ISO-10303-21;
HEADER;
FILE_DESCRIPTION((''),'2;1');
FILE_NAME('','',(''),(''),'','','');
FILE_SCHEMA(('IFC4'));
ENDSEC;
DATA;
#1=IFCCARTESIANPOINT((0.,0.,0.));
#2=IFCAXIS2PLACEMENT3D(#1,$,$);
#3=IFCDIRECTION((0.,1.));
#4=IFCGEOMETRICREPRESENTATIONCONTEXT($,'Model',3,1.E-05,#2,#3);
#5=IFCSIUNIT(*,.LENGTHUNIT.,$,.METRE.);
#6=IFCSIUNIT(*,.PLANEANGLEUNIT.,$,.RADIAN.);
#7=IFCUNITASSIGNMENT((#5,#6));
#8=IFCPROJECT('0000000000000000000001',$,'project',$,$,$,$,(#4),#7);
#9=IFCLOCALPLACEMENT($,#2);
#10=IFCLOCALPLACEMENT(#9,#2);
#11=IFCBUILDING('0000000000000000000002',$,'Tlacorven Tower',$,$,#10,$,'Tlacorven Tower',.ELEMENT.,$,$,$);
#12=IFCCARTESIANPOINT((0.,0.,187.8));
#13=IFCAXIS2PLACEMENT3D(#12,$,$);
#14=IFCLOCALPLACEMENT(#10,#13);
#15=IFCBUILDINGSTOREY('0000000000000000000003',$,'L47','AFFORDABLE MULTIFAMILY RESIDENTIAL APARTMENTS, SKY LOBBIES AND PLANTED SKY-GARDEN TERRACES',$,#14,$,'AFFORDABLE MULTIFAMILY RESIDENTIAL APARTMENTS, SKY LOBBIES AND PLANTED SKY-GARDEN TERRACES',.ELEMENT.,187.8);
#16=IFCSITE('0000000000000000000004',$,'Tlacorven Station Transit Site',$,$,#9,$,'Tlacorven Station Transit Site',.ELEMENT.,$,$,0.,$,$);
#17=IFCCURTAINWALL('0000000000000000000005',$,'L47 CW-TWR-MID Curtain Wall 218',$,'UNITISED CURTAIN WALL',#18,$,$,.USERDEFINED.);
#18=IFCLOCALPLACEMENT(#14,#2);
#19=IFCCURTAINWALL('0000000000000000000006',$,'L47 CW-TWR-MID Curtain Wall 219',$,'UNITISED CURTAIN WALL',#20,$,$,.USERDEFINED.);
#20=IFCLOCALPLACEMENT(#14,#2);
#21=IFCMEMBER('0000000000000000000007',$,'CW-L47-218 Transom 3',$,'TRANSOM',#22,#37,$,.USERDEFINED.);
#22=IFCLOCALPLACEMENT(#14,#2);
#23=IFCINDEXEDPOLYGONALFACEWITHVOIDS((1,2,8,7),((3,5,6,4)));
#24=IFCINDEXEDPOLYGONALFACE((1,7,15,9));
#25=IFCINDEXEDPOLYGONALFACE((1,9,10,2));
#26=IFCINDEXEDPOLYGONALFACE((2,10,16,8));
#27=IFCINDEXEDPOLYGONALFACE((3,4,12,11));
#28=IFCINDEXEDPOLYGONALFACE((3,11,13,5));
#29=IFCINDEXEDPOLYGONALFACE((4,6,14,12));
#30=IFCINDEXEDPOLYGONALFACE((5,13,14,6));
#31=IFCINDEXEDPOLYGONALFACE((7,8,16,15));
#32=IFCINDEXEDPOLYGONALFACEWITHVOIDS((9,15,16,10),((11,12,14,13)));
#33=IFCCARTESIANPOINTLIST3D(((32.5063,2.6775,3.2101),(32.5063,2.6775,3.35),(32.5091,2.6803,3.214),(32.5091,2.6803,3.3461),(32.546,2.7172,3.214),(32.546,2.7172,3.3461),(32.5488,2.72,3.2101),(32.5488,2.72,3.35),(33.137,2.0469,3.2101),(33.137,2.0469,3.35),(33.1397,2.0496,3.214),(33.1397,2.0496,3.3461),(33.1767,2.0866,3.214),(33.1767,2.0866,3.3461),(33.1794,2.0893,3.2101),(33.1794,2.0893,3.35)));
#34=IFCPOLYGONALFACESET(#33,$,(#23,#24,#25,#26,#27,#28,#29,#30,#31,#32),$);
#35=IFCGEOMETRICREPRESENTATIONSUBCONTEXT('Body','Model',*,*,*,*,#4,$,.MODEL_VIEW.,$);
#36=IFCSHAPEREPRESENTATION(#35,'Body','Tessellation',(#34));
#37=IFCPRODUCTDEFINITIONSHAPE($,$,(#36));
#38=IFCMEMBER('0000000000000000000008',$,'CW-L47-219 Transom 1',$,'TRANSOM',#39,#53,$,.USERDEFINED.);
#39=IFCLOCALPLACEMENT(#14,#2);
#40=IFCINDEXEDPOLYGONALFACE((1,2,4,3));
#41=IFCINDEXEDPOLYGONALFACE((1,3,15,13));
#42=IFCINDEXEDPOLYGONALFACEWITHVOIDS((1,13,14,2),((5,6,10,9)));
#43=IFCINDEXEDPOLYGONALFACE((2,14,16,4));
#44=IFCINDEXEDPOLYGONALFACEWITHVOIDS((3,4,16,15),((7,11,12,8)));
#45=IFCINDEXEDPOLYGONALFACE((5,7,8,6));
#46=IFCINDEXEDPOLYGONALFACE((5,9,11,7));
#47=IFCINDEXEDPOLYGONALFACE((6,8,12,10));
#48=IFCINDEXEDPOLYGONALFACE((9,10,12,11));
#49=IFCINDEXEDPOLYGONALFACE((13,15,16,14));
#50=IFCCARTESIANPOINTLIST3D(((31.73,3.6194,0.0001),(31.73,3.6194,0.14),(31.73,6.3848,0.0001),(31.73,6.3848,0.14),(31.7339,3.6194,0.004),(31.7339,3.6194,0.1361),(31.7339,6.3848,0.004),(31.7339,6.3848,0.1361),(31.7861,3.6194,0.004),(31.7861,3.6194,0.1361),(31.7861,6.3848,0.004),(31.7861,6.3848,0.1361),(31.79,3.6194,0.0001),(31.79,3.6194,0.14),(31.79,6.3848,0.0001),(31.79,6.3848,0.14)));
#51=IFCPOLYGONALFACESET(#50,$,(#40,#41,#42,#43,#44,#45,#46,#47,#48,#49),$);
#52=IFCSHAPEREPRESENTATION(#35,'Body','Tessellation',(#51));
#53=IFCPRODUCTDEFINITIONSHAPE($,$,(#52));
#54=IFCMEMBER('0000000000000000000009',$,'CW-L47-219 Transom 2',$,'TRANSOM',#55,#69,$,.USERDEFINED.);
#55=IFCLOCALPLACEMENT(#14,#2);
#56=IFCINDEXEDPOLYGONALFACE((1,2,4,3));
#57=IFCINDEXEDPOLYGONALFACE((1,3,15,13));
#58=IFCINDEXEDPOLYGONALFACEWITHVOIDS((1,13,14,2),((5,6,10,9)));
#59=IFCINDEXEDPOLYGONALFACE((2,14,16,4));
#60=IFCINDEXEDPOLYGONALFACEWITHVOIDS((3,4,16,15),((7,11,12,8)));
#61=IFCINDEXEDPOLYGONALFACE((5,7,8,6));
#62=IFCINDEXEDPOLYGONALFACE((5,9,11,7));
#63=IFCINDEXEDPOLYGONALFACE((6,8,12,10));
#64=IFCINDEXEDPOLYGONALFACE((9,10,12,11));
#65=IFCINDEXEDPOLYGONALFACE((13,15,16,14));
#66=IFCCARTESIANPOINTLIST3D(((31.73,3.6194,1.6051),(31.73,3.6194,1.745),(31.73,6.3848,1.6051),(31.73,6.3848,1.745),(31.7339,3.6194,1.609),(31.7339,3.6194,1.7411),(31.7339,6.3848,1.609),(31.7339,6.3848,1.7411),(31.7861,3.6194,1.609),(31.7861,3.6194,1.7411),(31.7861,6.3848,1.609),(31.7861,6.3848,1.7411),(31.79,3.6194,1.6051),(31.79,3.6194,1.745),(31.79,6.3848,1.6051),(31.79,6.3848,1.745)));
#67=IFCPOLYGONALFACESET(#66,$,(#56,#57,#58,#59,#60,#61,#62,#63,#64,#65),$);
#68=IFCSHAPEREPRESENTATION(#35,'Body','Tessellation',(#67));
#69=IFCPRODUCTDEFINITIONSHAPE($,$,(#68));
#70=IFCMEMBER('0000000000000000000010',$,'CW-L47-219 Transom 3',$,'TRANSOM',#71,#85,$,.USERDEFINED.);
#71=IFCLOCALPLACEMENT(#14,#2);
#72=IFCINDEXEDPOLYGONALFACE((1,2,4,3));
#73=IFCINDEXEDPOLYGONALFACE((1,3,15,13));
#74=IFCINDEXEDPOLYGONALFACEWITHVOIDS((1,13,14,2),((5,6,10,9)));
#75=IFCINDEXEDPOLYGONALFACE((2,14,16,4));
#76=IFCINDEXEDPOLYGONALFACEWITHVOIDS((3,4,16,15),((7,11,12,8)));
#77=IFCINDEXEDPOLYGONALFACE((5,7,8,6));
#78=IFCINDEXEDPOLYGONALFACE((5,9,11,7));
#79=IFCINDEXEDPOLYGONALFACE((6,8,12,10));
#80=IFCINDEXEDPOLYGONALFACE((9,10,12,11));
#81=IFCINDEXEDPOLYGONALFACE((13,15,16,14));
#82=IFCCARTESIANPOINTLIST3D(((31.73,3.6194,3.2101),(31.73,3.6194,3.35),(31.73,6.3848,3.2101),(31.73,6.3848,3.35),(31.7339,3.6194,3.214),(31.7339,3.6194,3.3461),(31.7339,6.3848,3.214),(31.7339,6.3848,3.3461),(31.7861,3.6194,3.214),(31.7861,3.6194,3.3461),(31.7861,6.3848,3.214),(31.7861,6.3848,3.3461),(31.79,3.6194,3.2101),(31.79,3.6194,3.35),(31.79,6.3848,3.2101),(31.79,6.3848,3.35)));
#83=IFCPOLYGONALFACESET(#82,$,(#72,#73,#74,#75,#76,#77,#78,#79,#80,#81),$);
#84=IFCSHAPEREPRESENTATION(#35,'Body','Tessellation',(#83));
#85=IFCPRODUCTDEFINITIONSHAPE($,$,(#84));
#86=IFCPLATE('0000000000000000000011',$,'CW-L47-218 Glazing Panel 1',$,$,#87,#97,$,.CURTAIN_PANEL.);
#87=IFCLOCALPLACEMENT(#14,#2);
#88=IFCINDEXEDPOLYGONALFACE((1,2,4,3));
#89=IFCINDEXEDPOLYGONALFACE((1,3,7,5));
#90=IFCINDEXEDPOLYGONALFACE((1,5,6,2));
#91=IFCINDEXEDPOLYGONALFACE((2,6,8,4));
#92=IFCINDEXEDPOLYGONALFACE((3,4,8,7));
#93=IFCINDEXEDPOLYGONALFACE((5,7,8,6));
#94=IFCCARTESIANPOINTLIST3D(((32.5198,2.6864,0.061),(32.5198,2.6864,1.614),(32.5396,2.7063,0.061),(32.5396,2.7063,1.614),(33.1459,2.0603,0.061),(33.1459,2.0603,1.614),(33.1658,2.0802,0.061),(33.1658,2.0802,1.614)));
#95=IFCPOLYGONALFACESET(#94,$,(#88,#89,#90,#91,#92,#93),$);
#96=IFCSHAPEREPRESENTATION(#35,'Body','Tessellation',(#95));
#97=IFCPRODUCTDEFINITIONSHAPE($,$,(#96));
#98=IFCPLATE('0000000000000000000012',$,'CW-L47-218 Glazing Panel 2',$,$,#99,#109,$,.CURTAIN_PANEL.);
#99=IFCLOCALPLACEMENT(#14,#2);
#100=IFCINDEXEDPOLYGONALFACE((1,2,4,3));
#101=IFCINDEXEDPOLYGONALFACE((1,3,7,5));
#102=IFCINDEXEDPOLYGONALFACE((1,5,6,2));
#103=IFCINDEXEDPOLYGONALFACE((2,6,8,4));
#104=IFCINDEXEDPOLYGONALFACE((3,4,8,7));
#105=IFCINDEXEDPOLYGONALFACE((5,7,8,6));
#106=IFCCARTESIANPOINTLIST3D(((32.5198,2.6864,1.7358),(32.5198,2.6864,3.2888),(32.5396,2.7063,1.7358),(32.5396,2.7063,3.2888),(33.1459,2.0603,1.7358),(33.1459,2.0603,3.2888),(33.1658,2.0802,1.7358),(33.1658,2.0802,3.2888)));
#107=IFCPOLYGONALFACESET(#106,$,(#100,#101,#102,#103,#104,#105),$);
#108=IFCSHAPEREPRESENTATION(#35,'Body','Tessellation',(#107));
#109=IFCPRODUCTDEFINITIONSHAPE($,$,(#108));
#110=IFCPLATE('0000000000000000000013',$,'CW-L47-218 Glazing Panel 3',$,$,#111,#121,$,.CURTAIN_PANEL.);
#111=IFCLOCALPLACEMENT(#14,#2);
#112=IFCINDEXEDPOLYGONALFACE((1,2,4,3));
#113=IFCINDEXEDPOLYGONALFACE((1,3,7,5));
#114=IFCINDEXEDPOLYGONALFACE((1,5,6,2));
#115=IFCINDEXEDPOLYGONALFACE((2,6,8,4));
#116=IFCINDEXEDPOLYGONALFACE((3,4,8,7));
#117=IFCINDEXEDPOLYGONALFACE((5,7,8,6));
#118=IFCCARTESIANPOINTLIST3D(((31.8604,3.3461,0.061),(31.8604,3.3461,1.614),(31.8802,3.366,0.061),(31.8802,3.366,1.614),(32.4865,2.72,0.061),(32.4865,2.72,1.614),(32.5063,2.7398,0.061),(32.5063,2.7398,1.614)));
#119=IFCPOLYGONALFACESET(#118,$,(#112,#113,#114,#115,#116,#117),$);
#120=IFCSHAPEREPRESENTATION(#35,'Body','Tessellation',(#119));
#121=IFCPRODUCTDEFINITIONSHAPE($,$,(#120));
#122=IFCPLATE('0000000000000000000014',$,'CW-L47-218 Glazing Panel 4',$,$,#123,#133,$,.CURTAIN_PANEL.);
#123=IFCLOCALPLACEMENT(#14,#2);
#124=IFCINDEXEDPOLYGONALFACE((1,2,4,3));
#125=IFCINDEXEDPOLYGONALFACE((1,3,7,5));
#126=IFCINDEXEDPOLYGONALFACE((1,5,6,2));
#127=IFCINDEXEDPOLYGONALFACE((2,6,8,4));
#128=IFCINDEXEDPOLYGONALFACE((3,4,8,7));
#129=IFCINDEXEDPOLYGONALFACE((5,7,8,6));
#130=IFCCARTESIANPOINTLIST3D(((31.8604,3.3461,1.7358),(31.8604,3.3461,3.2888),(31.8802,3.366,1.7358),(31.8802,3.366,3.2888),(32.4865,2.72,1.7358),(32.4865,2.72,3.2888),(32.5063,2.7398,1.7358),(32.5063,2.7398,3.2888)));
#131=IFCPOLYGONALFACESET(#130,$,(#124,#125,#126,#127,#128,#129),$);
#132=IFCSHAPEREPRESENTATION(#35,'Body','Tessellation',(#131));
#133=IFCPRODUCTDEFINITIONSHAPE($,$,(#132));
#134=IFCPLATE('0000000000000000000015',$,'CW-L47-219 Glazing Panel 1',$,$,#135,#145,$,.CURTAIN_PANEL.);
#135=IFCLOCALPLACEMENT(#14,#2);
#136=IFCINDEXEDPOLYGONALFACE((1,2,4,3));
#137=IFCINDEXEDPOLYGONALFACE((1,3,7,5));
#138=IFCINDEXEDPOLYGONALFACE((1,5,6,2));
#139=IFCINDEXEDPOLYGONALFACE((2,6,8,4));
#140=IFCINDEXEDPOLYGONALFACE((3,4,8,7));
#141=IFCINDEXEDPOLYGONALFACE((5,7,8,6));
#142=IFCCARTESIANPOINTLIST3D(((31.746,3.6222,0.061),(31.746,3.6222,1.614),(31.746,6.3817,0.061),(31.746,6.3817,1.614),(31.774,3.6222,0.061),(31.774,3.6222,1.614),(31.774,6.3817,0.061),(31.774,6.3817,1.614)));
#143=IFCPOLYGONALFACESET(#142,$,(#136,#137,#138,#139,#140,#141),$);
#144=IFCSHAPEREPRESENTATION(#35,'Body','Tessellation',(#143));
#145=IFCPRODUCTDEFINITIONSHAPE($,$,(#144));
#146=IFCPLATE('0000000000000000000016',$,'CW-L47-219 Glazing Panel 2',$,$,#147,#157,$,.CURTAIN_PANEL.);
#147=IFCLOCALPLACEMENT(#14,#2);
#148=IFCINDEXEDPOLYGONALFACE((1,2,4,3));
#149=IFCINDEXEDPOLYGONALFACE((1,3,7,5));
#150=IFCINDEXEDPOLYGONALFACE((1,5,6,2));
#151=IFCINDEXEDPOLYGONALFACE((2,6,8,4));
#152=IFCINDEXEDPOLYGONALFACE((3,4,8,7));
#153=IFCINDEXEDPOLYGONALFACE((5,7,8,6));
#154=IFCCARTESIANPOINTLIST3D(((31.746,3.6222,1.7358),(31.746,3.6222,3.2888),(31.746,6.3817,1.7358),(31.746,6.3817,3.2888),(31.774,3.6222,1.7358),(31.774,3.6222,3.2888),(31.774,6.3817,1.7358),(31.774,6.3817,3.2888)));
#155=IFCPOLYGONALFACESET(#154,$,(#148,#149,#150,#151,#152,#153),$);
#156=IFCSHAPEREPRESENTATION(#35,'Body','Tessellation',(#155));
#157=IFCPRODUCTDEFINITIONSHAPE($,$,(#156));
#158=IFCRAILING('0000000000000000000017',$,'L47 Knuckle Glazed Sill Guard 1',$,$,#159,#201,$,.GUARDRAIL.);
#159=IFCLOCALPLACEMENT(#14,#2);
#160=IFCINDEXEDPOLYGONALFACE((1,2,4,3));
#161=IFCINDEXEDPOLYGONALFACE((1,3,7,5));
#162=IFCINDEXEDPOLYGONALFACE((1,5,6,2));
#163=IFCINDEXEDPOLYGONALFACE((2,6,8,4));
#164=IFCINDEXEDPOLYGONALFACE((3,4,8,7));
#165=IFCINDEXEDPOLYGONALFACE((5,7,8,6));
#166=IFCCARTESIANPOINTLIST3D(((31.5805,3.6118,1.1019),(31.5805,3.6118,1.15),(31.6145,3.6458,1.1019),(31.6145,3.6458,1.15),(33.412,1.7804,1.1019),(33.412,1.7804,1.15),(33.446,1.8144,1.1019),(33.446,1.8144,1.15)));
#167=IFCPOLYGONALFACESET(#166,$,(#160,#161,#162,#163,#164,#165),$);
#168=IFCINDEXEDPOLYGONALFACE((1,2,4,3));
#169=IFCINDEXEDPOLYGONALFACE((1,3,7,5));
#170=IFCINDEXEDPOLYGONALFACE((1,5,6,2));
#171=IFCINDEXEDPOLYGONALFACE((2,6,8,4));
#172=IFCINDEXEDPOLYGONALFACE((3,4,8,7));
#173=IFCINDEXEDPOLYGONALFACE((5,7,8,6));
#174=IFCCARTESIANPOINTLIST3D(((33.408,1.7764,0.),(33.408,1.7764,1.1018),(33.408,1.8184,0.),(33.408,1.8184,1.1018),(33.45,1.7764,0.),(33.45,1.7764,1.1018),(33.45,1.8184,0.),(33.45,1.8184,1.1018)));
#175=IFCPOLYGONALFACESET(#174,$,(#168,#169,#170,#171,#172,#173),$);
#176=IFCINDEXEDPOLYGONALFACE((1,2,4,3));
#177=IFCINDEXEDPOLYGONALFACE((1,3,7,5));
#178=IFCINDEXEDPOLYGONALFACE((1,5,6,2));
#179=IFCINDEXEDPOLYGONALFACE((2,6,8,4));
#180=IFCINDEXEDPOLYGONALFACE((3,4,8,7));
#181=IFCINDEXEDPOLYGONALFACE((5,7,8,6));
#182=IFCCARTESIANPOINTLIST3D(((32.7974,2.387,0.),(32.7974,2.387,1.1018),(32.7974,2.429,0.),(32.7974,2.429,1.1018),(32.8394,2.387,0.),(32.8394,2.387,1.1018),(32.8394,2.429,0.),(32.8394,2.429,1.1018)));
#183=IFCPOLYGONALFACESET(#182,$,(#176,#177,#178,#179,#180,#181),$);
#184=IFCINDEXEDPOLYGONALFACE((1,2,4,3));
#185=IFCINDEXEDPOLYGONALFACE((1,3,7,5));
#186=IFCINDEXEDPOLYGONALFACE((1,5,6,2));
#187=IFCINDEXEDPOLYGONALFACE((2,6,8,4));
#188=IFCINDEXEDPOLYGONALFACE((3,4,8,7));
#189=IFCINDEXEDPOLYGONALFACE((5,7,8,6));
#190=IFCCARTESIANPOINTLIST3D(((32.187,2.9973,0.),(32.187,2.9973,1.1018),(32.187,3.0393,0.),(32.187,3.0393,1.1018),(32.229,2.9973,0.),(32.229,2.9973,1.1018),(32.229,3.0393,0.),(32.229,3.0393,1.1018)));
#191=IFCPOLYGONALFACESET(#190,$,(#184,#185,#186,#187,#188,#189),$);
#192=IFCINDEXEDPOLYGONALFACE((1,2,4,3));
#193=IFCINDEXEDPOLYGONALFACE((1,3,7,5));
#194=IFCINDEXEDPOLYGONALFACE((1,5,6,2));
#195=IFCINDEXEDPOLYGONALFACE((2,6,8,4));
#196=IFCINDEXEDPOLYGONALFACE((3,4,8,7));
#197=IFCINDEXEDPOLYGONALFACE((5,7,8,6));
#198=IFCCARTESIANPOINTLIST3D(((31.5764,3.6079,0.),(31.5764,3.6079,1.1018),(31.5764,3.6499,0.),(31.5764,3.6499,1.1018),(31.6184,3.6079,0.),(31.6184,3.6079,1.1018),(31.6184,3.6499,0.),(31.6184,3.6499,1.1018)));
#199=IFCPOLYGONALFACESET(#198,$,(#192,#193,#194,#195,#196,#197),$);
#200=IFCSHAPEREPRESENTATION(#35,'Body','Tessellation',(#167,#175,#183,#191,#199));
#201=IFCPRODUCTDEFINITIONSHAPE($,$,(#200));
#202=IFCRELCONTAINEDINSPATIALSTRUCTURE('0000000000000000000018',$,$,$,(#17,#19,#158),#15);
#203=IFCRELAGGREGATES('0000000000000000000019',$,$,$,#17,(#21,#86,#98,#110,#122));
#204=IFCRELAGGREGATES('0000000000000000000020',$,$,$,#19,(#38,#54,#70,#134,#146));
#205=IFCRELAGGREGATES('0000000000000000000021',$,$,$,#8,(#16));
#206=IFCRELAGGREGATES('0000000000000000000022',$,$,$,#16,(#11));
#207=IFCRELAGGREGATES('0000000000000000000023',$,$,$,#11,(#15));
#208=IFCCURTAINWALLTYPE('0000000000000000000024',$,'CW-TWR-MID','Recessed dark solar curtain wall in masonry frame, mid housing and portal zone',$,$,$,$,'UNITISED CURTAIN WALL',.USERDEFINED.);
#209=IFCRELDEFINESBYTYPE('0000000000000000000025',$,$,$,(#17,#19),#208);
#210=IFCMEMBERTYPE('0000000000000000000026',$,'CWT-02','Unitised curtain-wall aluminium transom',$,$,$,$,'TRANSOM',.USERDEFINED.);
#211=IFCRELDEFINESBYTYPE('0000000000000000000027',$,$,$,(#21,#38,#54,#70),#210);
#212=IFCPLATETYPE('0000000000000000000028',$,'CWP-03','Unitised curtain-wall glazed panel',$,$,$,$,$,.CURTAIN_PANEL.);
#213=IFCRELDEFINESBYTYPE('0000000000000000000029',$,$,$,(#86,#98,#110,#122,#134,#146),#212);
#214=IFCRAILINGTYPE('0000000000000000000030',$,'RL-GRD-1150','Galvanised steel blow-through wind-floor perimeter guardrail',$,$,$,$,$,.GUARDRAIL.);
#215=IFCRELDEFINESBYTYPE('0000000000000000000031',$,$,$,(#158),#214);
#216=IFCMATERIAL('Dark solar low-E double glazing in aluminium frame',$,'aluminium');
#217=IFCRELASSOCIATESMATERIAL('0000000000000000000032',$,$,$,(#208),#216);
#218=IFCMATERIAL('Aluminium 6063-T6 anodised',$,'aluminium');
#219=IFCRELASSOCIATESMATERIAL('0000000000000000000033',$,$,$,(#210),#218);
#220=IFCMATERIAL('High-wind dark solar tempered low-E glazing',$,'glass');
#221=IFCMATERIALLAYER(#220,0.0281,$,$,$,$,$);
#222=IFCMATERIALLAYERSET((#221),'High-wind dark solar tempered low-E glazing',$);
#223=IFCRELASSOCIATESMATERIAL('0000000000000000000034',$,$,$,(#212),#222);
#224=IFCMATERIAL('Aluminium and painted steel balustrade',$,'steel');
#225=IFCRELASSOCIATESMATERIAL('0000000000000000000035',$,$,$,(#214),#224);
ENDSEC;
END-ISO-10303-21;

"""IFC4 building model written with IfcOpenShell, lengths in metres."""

from ifc_helpers import new_model, si_unit, direction, frame, origin, origin_2d, place, context, subcontext, project, spatial, rectangle, hollow_rectangle, extrude, source, transform, mapped, material, layer, layer_set, material_profile, profile_set, type_object, element, aggregate, save


model = new_model("IFC4")

# Units and contexts
model_context = context("Model", 3, precision=1e-05, world=origin(), true_north=direction((0.0, 1.0)))
body_context = subcontext(model_context, "Body", "Model", "MODEL_VIEW")
ifc_project = project(units=[si_unit("LENGTHUNIT", "METRE"), si_unit("PLANEANGLEUNIT", "RADIAN")], contexts=[model_context])

# Site, building, storey
site_placement = place(None, origin())
site = spatial("IfcSite", under=ifc_project, at=site_placement, Name="Tlacorven Station Transit Site", LongName="Tlacorven Station Transit Site", CompositionType="ELEMENT", RefElevation=0.0)
building_placement = place(site_placement, origin())
building = spatial("IfcBuilding", under=site, at=building_placement, Name="Tlacorven Tower", LongName="Tlacorven Tower", CompositionType="ELEMENT")
storey_placement = place(building_placement, frame((0.0, 0.0, 187.8)))
storey = spatial("IfcBuildingStorey", under=building, at=storey_placement, Name="L47", Description="AFFORDABLE MULTIFAMILY RESIDENTIAL APARTMENTS, SKY LOBBIES AND PLANTED SKY-GARDEN TERRACES", LongName="AFFORDABLE MULTIFAMILY RESIDENTIAL APARTMENTS, SKY LOBBIES AND PLANTED SKY-GARDEN TERRACES", CompositionType="ELEMENT", Elevation=187.8)

# Shared definitions
ifc_material_1 = material(Name="Dark solar low-E double glazing in aluminium frame", Category="aluminium")
curtain_wall_type = type_object("IfcCurtainWallType", Name="CW-TWR-MID", Description="Recessed dark solar curtain wall in masonry frame, mid housing and portal zone", ElementType="UNITISED CURTAIN WALL", PredefinedType="USERDEFINED", material=ifc_material_1)
ifc_material_2 = material(Name="Aluminium 6063-T6 anodised", Category="aluminium")

# Curtain walls
curtain_wall_1_placement = place(storey_placement, origin())
curtain_wall_1 = element("IfcCurtainWall", 1, at=curtain_wall_1_placement, inside=storey, type_object=curtain_wall_type, Name="L47 CW-TWR-MID Curtain Wall 218", ObjectType="UNITISED CURTAIN WALL", PredefinedType="USERDEFINED")
curtain_wall_2_placement = place(storey_placement, origin())
curtain_wall_2 = element("IfcCurtainWall", 2, at=curtain_wall_2_placement, inside=storey, type_object=curtain_wall_type, Name="L47 CW-TWR-MID Curtain Wall 219", ObjectType="UNITISED CURTAIN WALL", PredefinedType="USERDEFINED")

# Members
ifc_material_profile_1 = material_profile(ifc_material_2, hollow_rectangle(XDim=0.0601, YDim=0.1399, WallThickness=0.0039, at=origin_2d()), Name="ALU TRANSOM 60X140")
ifc_profile_set_1 = profile_set([ifc_material_profile_1], Name="Aluminium 6063-T6 anodised")
member_type_1 = type_object("IfcMemberType", Name="CWT-02", Description="Unitised curtain-wall aluminium transom", ElementType="TRANSOM", PredefinedType="USERDEFINED", material=ifc_profile_set_1)
shared_shape_1 = source(origin(), body_context, "Body", "SweptSolid", [
    extrude(hollow_rectangle(XDim=0.0601, YDim=0.1399, WallThickness=0.0039, at=origin_2d()), origin(), (0.0, 0.0, 1.0), 0.8918),
])
member_1_placement = place(storey_placement, frame((33.1582, 2.0681, 3.28), z_axis=(-0.707107, 0.707107, 0.0), x_axis=(-0.707107, -0.707107, 0.0)))
member_1 = element("IfcMember", 3, at=member_1_placement, type_object=member_type_1, Name="CW-L47-218 Transom 3", ObjectType="TRANSOM", PredefinedType="USERDEFINED", context=body_context, shape_type="MappedRepresentation", body=[
    mapped(shared_shape_1, transform((0.0, 0.0, 0.0), scale=1.0)),
])
shared_shape_2 = source(origin(), body_context, "Body", "SweptSolid", [
    extrude(hollow_rectangle(XDim=0.0601, YDim=0.1399, WallThickness=0.0039, at=origin_2d()), origin(), (0.0, 0.0, 1.0), 2.7654),
])
member_2_placement = place(storey_placement, frame((31.76, 3.6194, 0.0701), z_axis=(0.0, 1.0, 0.0), x_axis=(-1.0, 0.0, 0.0)))
member_2 = element("IfcMember", 4, at=member_2_placement, type_object=member_type_1, Name="CW-L47-219 Transom 1", ObjectType="TRANSOM", PredefinedType="USERDEFINED", context=body_context, shape_type="MappedRepresentation", body=[
    mapped(shared_shape_2, transform((0.0, 0.0, 0.0), scale=1.0)),
])
member_3_placement = place(storey_placement, frame((31.76, 3.6194, 1.675), z_axis=(0.0, 1.0, 0.0), x_axis=(-1.0, 0.0, 0.0)))
member_3 = element("IfcMember", 5, at=member_3_placement, type_object=member_type_1, Name="CW-L47-219 Transom 2", ObjectType="TRANSOM", PredefinedType="USERDEFINED", context=body_context, shape_type="MappedRepresentation", body=[
    mapped(shared_shape_2, transform((0.0, 0.0, 0.0), scale=1.0)),
])
member_4_placement = place(storey_placement, frame((31.76, 3.6194, 3.28), z_axis=(0.0, 1.0, 0.0), x_axis=(-1.0, 0.0, 0.0)))
member_4 = element("IfcMember", 6, at=member_4_placement, type_object=member_type_1, Name="CW-L47-219 Transom 3", ObjectType="TRANSOM", PredefinedType="USERDEFINED", context=body_context, shape_type="MappedRepresentation", body=[
    mapped(shared_shape_2, transform((0.0, 0.0, 0.0), scale=1.0)),
])

# Plates
ifc_material_3 = material(Name="High-wind dark solar tempered low-E glazing", Category="glass")
ifc_layer = layer(ifc_material_3, 0.0281)
ifc_layer_set = layer_set([ifc_layer], Name="High-wind dark solar tempered low-E glazing")
plate_type = type_object("IfcPlateType", Name="CWP-03", Description="Unitised curtain-wall glazed panel", PredefinedType="CURTAIN_PANEL", material=ifc_layer_set)
shared_shape_3 = source(origin(), body_context, "Body", "SweptSolid", [
    extrude(rectangle(XDim=0.8855, YDim=0.0281, at=origin_2d()), origin(), (0.0, 0.0, 1.0), 1.553),
])
plate_1_placement = place(storey_placement, frame((32.8428, 2.3833, 0.061), z_axis=(0.0, 0.0, 1.0), x_axis=(-0.707107, 0.707107, 0.0)))
plate_1 = element("IfcPlate", 7, at=plate_1_placement, type_object=plate_type, Name="CW-L47-218 Glazing Panel 1", PredefinedType="CURTAIN_PANEL", context=body_context, shape_type="MappedRepresentation", body=[
    mapped(shared_shape_3, transform((0.0, 0.0, 0.0), scale=1.0)),
])
plate_2_placement = place(storey_placement, frame((32.8428, 2.3833, 1.7358), z_axis=(0.0, 0.0, 1.0), x_axis=(-0.707107, 0.707107, 0.0)))
plate_2 = element("IfcPlate", 8, at=plate_2_placement, type_object=plate_type, Name="CW-L47-218 Glazing Panel 2", PredefinedType="CURTAIN_PANEL", context=body_context, shape_type="MappedRepresentation", body=[
    mapped(shared_shape_3, transform((0.0, 0.0, 0.0), scale=1.0)),
])
plate_3_placement = place(storey_placement, frame((32.1833, 3.043, 0.061), z_axis=(0.0, 0.0, 1.0), x_axis=(-0.707107, 0.707107, 0.0)))
plate_3 = element("IfcPlate", 9, at=plate_3_placement, type_object=plate_type, Name="CW-L47-218 Glazing Panel 3", PredefinedType="CURTAIN_PANEL", context=body_context, shape_type="MappedRepresentation", body=[
    mapped(shared_shape_3, transform((0.0, 0.0, 0.0), scale=1.0)),
])
plate_4_placement = place(storey_placement, frame((32.1833, 3.043, 1.7358), z_axis=(0.0, 0.0, 1.0), x_axis=(-0.707107, 0.707107, 0.0)))
plate_4 = element("IfcPlate", 10, at=plate_4_placement, type_object=plate_type, Name="CW-L47-218 Glazing Panel 4", PredefinedType="CURTAIN_PANEL", context=body_context, shape_type="MappedRepresentation", body=[
    mapped(shared_shape_3, transform((0.0, 0.0, 0.0), scale=1.0)),
])
aggregate(curtain_wall_1, [member_1, plate_1, plate_2, plate_3, plate_4])
shared_shape_4 = source(origin(), body_context, "Body", "SweptSolid", [
    extrude(rectangle(XDim=2.7595, YDim=0.0281, at=origin_2d()), origin(), (0.0, 0.0, 1.0), 1.553),
])
plate_5_placement = place(storey_placement, frame((31.76, 5.002, 0.061), z_axis=(0.0, 0.0, 1.0), x_axis=(0.0, 1.0, 0.0)))
plate_5 = element("IfcPlate", 11, at=plate_5_placement, type_object=plate_type, Name="CW-L47-219 Glazing Panel 1", PredefinedType="CURTAIN_PANEL", context=body_context, shape_type="MappedRepresentation", body=[
    mapped(shared_shape_4, transform((0.0, 0.0, 0.0), scale=1.0)),
])
plate_6_placement = place(storey_placement, frame((31.76, 5.002, 1.7358), z_axis=(0.0, 0.0, 1.0), x_axis=(0.0, 1.0, 0.0)))
plate_6 = element("IfcPlate", 12, at=plate_6_placement, type_object=plate_type, Name="CW-L47-219 Glazing Panel 2", PredefinedType="CURTAIN_PANEL", context=body_context, shape_type="MappedRepresentation", body=[
    mapped(shared_shape_4, transform((0.0, 0.0, 0.0), scale=1.0)),
])
aggregate(curtain_wall_2, [member_2, member_3, member_4, plate_5, plate_6])

# Railing
ifc_material_4 = material(Name="Aluminium and painted steel balustrade", Category="steel")
railing_type = type_object("IfcRailingType", Name="RL-GRD-1150", Description="Galvanised steel blow-through wind-floor perimeter guardrail", PredefinedType="GUARDRAIL", material=ifc_material_4)
shared_shape_5 = source(origin(), body_context, "Body", "SweptSolid", [
    extrude(rectangle(XDim=0.0481, YDim=0.0481, at=origin_2d()), frame((0.0, 0.0, 1.126), z_axis=(-0.707107, 0.707107, 0.0), x_axis=(-0.707107, -0.707107, 0.0)), (0.0, 0.0, 1.0), 2.5901),
    extrude(rectangle(XDim=0.042, YDim=0.042, at=origin_2d()), origin(), (0.0, 0.0, 1.0), 1.1018),
    extrude(rectangle(XDim=0.042, YDim=0.042, at=origin_2d()), frame((-0.6106, 0.6106, 0.0)), (0.0, 0.0, 1.0), 1.1018),
    extrude(rectangle(XDim=0.042, YDim=0.042, at=origin_2d()), frame((-1.2209, 1.2209, 0.0)), (0.0, 0.0, 1.0), 1.1018),
    extrude(rectangle(XDim=0.042, YDim=0.042, at=origin_2d()), frame((-1.8315, 1.8315, 0.0)), (0.0, 0.0, 1.0), 1.1018),
])
railing_placement = place(storey_placement, frame((33.429, 1.7974, 0.0)))
element("IfcRailing", 13, at=railing_placement, inside=storey, type_object=railing_type, Name="L47 Knuckle Glazed Sill Guard 1", PredefinedType="GUARDRAIL", context=body_context, shape_type="MappedRepresentation", body=[
    mapped(shared_shape_5, transform((0.0, 0.0, 0.0), scale=1.0)),
])

save(model, "model.ifc")
